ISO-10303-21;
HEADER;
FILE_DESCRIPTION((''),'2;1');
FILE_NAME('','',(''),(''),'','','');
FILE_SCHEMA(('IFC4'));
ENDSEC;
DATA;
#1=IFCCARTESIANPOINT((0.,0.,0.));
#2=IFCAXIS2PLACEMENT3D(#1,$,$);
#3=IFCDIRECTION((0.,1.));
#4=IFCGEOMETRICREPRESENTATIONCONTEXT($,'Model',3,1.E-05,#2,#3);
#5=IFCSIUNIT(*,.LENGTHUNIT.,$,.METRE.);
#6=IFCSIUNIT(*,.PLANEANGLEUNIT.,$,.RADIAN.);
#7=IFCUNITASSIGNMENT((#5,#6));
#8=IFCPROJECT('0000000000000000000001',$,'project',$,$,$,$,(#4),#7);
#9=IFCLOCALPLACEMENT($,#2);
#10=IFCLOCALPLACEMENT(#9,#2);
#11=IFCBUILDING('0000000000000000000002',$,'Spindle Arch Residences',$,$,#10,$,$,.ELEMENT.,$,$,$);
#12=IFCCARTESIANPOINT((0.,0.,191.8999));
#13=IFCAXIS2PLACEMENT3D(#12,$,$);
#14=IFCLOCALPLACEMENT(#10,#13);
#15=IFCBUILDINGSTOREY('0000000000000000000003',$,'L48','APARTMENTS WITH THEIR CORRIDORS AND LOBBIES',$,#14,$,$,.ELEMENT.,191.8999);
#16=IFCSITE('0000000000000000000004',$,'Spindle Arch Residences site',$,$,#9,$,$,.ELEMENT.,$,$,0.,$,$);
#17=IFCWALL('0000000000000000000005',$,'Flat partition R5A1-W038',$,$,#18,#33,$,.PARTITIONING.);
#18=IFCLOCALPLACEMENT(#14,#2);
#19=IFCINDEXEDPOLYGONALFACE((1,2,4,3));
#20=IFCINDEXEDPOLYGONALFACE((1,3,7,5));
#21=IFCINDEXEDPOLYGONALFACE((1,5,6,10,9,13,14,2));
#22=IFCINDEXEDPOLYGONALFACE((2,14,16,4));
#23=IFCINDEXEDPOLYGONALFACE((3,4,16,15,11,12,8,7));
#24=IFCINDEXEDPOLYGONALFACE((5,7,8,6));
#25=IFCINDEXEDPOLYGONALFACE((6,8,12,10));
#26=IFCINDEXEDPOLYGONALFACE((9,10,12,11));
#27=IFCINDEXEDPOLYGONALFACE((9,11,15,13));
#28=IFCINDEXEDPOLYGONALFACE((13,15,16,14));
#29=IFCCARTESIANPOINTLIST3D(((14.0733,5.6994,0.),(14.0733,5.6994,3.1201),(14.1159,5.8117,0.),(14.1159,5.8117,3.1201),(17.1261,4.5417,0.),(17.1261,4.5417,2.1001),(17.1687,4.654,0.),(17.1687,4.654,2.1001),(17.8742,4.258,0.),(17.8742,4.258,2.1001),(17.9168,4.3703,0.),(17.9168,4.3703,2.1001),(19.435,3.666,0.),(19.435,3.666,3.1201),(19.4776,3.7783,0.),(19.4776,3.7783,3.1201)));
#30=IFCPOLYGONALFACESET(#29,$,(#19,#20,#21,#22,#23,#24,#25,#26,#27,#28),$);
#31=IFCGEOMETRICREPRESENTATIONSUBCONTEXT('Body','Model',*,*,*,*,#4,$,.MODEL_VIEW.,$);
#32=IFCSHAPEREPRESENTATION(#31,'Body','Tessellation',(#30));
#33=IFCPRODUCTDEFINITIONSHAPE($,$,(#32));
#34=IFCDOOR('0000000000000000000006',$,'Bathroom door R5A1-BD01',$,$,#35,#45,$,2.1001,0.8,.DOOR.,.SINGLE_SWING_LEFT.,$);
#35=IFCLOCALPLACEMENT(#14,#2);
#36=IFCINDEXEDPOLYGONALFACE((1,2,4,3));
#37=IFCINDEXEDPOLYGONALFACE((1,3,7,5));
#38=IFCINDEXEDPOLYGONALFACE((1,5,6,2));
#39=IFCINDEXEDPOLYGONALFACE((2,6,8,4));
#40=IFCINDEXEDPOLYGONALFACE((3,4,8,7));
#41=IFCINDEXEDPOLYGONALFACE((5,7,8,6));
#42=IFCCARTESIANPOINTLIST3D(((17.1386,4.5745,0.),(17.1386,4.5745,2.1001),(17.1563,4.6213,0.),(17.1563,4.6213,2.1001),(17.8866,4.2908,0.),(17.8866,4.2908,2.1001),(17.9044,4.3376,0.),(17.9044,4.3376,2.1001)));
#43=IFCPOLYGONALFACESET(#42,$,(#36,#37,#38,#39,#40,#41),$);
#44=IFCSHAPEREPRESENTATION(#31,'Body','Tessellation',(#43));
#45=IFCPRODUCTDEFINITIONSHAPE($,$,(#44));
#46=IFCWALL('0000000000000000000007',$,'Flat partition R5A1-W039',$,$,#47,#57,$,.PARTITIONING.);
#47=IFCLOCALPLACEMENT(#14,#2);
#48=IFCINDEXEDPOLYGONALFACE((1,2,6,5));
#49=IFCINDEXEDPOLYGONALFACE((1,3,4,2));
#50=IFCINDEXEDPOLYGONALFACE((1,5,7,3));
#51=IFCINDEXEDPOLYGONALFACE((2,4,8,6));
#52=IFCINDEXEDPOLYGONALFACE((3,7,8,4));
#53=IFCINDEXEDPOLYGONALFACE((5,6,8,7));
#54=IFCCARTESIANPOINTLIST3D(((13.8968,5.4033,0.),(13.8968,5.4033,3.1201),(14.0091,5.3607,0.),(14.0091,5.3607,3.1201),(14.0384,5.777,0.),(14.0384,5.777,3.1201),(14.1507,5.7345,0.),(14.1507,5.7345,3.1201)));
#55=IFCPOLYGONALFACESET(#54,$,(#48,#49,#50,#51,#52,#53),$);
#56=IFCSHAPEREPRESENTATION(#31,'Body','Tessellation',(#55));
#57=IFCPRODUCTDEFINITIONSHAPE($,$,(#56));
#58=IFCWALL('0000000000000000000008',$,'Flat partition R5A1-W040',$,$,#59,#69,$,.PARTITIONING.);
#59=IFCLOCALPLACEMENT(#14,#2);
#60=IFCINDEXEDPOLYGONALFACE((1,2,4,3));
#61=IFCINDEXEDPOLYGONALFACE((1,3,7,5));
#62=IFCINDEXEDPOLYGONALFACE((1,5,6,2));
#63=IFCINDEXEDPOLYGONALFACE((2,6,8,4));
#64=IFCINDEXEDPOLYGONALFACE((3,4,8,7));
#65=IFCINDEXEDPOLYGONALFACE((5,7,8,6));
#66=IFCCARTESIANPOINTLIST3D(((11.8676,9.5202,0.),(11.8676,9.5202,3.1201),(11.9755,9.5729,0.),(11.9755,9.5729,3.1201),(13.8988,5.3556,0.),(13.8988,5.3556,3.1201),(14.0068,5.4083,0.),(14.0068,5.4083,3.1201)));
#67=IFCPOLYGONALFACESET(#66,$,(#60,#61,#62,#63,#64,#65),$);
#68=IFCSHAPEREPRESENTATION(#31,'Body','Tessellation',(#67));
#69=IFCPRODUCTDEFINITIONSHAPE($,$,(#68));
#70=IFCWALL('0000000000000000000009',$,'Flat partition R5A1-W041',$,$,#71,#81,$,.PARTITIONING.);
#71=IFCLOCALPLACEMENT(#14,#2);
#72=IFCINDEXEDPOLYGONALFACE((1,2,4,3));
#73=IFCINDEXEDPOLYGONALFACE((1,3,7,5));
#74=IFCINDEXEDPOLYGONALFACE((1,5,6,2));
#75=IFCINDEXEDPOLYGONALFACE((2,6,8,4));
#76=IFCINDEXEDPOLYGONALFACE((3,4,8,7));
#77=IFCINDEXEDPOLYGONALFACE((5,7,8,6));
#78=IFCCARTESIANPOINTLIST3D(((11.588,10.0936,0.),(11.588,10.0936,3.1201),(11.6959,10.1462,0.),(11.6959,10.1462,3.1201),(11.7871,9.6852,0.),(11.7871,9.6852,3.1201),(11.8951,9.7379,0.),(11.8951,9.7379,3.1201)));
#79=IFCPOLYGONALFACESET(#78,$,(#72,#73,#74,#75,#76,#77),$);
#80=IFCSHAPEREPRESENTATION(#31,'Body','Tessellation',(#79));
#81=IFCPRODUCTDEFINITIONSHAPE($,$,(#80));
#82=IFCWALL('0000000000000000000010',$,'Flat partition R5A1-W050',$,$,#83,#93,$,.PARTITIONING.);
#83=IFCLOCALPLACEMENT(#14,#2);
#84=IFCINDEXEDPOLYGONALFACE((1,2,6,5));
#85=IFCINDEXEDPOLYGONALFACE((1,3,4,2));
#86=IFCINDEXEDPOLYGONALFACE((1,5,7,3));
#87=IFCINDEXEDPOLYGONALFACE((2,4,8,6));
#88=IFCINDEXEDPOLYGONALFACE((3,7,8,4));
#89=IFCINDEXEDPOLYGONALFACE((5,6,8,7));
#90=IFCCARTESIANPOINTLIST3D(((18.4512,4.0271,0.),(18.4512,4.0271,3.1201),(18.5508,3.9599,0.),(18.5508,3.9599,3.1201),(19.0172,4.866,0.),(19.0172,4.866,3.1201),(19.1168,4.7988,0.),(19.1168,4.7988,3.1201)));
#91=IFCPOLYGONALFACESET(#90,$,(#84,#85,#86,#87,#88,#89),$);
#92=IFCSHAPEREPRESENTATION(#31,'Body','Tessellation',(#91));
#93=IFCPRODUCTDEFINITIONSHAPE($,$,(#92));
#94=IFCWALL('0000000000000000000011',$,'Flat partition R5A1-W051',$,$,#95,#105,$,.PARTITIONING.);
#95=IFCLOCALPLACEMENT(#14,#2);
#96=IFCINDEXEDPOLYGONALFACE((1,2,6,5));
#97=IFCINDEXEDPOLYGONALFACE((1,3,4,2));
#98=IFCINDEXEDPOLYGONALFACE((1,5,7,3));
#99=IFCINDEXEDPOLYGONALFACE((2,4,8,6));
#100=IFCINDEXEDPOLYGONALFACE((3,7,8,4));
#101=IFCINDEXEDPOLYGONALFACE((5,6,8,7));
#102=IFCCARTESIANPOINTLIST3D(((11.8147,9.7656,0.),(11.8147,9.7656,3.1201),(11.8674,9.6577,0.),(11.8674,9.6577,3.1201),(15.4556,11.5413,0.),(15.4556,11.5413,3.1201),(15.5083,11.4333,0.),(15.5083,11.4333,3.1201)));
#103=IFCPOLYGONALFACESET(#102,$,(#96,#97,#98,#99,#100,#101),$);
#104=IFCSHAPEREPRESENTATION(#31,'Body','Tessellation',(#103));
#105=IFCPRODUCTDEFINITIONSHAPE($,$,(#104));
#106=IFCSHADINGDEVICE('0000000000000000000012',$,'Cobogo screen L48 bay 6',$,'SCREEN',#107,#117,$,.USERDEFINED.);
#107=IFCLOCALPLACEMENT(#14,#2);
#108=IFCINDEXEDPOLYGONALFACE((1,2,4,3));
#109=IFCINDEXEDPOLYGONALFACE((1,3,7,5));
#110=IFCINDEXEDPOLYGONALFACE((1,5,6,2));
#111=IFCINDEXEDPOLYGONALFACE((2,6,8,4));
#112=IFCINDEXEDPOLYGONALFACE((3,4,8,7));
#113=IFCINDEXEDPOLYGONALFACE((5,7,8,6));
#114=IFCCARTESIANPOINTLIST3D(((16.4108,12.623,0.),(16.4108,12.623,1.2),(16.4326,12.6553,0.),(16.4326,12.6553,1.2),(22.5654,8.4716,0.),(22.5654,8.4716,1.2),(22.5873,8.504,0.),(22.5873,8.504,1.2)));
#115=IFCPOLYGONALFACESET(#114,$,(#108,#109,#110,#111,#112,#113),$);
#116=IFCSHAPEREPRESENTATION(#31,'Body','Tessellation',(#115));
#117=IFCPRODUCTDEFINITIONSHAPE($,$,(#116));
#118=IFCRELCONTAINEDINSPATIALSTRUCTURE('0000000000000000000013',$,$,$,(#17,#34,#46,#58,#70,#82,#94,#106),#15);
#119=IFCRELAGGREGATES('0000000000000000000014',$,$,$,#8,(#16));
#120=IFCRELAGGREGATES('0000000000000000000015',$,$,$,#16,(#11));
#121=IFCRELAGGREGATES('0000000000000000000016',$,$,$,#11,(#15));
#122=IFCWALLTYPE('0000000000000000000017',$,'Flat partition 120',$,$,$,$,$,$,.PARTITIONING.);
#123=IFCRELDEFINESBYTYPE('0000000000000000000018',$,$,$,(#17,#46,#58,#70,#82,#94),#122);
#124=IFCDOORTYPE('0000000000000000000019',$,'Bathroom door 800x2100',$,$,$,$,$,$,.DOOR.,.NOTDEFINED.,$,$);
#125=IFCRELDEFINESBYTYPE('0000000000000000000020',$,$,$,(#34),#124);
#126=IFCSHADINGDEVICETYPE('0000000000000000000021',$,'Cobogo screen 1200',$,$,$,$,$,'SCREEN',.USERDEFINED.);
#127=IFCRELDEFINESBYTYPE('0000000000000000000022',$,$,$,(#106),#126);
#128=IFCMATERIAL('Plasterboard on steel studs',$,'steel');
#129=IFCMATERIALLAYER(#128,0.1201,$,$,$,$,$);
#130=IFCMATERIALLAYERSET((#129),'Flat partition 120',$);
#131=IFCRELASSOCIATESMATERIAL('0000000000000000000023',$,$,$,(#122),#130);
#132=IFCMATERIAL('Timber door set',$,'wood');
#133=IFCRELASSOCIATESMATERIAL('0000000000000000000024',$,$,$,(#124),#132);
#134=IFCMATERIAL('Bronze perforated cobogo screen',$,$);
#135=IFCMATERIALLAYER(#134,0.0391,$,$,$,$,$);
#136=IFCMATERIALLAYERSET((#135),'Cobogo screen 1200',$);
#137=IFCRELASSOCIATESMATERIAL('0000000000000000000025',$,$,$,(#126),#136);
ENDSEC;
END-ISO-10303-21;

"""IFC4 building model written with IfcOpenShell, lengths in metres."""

from ifc_helpers import new_model, si_unit, direction, frame, frame_2d, origin, origin_2d, place, context, subcontext, project, spatial, rectangle, extrude, material, layer, layer_set, type_object, element, fill, save


model = new_model("IFC4")

# Units and contexts
model_context = context("Model", 3, precision=1e-05, world=origin(), true_north=direction((0.0, 1.0)))
body_context = subcontext(model_context, "Body", "Model", "MODEL_VIEW")
ifc_project = project(units=[si_unit("LENGTHUNIT", "METRE"), si_unit("PLANEANGLEUNIT", "RADIAN")], contexts=[model_context])

# Site, building, storey
site_placement = place(None, origin())
site = spatial("IfcSite", under=ifc_project, at=site_placement, Name="Spindle Arch Residences site", CompositionType="ELEMENT", RefElevation=0.0)
building_placement = place(site_placement, origin())
building = spatial("IfcBuilding", under=site, at=building_placement, Name="Spindle Arch Residences", CompositionType="ELEMENT")
storey_placement = place(building_placement, frame((0.0, 0.0, 191.8999)))
storey = spatial("IfcBuildingStorey", under=building, at=storey_placement, Name="L48", Description="APARTMENTS WITH THEIR CORRIDORS AND LOBBIES", CompositionType="ELEMENT", Elevation=191.8999)

# Shared definitions
ifc_material_1 = material(Name="Plasterboard on steel studs", Category="steel")
ifc_layer_1 = layer(ifc_material_1, 0.1201)
ifc_layer_set_1 = layer_set([ifc_layer_1], Name="Flat partition 120")
wall_type_1 = type_object("IfcWallType", Name="Flat partition 120", PredefinedType="PARTITIONING", material=ifc_layer_set_1)

# Wall, opening, door
wall_1_placement = place(storey_placement, frame((19.4563, 3.7222, 0.0), z_axis=(0.0, 0.0, 1.0), x_axis=(-0.935017, 0.354602, 0.0)))
wall_1 = element("IfcWall", 1, at=wall_1_placement, inside=storey, type_object=wall_type_1, Name="Flat partition R5A1-W038", PredefinedType="PARTITIONING", context=body_context, shape_type="SweptSolid", body=[
    extrude(rectangle(XDim=5.7344, YDim=0.1201, at=frame_2d((2.8672, 0.0))), origin(), (0.0, 0.0, 1.0), 3.1201),
])
opening_1_placement = place(wall_1_placement, frame((1.6694, 0.0, 0.0)))
opening_1 = element("IfcOpeningElement", 2, at=opening_1_placement, cuts=wall_1, PredefinedType="OPENING", context=body_context, shape_type="SweptSolid", body=[
    extrude(rectangle(XDim=0.8, YDim=2.1001, at=frame_2d((0.3999, 1.05))), frame((0.0, 0.0701, 0.0), z_axis=(0.0, -1.0, 0.0), x_axis=(1.0, 0.0, 0.0)), (0.0, 0.0, 1.0), 0.1401),
])
ifc_material_2 = material(Name="Timber door set", Category="wood")
door_type_1 = type_object("IfcDoorType", Name="Bathroom door 800x2100", OperationType="NOTDEFINED", PredefinedType="DOOR", material=ifc_material_2)
door_1_placement = place(opening_1_placement, origin())
door_1 = element("IfcDoor", 3, at=door_1_placement, inside=storey, type_object=door_type_1, Name="Bathroom door R5A1-BD01", OperationType="SINGLE_SWING_LEFT", OverallHeight=2.1001, OverallWidth=0.8, PredefinedType="DOOR", context=body_context, shape_type="SweptSolid", body=[
    extrude(rectangle(XDim=0.8, YDim=2.1001, at=frame_2d((0.3999, 1.05))), frame((0.0, 0.0249, 0.0), z_axis=(0.0, -1.0, 0.0), x_axis=(1.0, 0.0, 0.0)), (0.0, 0.0, 1.0), 0.05),
])
fill(opening_1, door_1)

# Walls
wall_2_placement = place(storey_placement, frame((14.0945, 5.7556, 0.0), z_axis=(0.0, 0.0, 1.0), x_axis=(-0.354268, -0.935144, 0.0)))
element("IfcWall", 4, at=wall_2_placement, inside=storey, type_object=wall_type_1, Name="Flat partition R5A1-W039", PredefinedType="PARTITIONING", context=body_context, shape_type="SweptSolid", body=[
    extrude(rectangle(XDim=0.3997, YDim=0.1201, at=frame_2d((0.1997, 0.0))), origin(), (0.0, 0.0, 1.0), 3.1201),
])
wall_3_placement = place(storey_placement, frame((13.9529, 5.3818, 0.0), z_axis=(0.0, 0.0, 1.0), x_axis=(-0.438382, 0.898789, 0.0)))
element("IfcWall", 5, at=wall_3_placement, inside=storey, type_object=wall_type_1, Name="Flat partition R5A1-W040", PredefinedType="PARTITIONING", context=body_context, shape_type="SweptSolid", body=[
    extrude(rectangle(XDim=4.6335, YDim=0.1201, at=frame_2d((2.3169, 0.0))), origin(), (0.0, 0.0, 1.0), 3.1201),
])
wall_4_placement = place(storey_placement, frame((11.8411, 9.7117, 0.0), z_axis=(0.0, 0.0, 1.0), x_axis=(-0.438381, 0.898789, 0.0)))
element("IfcWall", 6, at=wall_4_placement, inside=storey, type_object=wall_type_1, Name="Flat partition R5A1-W041", PredefinedType="PARTITIONING", context=body_context, shape_type="SweptSolid", body=[
    extrude(rectangle(XDim=0.4543, YDim=0.1201, at=frame_2d((0.2271, 0.0))), origin(), (0.0, 0.0, 1.0), 3.1201),
])
wall_5_placement = place(storey_placement, frame((19.0669, 4.8323, 0.0), z_axis=(0.0, 0.0, 1.0), x_axis=(-0.559257, -0.828994, 0.0)))
element("IfcWall", 7, at=wall_5_placement, inside=storey, type_object=wall_type_1, Name="Flat partition R5A1-W050", PredefinedType="PARTITIONING", context=body_context, shape_type="SweptSolid", body=[
    extrude(rectangle(XDim=1.012, YDim=0.1201, at=frame_2d((0.5059, 0.0))), origin(), (0.0, 0.0, 1.0), 3.1201),
])
wall_6_placement = place(storey_placement, frame((15.4819, 11.4873, 0.0), z_axis=(0.0, 0.0, 1.0), x_axis=(-0.898807, -0.438344, 0.0)))
element("IfcWall", 8, at=wall_6_placement, inside=storey, type_object=wall_type_1, Name="Flat partition R5A1-W051", PredefinedType="PARTITIONING", context=body_context, shape_type="SweptSolid", body=[
    extrude(rectangle(XDim=4.0508, YDim=0.1201, at=frame_2d((2.0254, 0.0))), origin(), (0.0, 0.0, 1.0), 3.1201),
])

# Shading device
ifc_material_3 = material(Name="Bronze perforated cobogo screen")
ifc_layer_2 = layer(ifc_material_3, 0.0391)
ifc_layer_set_2 = layer_set([ifc_layer_2], Name="Cobogo screen 1200")
shading_device_type = type_object("IfcShadingDeviceType", Name="Cobogo screen 1200", ElementType="SCREEN", PredefinedType="USERDEFINED", material=ifc_layer_set_2)
shading_device_placement = place(storey_placement, frame((19.499, 10.5635, 0.0), z_axis=(0.0, 0.0, 1.0), x_axis=(-0.829038, 0.559193, 0.0)))
element("IfcShadingDevice", 9, at=shading_device_placement, inside=storey, type_object=shading_device_type, Name="Cobogo screen L48 bay 6", ObjectType="SCREEN", PredefinedType="USERDEFINED", context=body_context, shape_type="SweptSolid", body=[
    extrude(rectangle(XDim=7.4238, YDim=0.0391, at=origin_2d()), origin(), (0.0, 0.0, 1.0), 1.2),
])

save(model, "model.ifc")
